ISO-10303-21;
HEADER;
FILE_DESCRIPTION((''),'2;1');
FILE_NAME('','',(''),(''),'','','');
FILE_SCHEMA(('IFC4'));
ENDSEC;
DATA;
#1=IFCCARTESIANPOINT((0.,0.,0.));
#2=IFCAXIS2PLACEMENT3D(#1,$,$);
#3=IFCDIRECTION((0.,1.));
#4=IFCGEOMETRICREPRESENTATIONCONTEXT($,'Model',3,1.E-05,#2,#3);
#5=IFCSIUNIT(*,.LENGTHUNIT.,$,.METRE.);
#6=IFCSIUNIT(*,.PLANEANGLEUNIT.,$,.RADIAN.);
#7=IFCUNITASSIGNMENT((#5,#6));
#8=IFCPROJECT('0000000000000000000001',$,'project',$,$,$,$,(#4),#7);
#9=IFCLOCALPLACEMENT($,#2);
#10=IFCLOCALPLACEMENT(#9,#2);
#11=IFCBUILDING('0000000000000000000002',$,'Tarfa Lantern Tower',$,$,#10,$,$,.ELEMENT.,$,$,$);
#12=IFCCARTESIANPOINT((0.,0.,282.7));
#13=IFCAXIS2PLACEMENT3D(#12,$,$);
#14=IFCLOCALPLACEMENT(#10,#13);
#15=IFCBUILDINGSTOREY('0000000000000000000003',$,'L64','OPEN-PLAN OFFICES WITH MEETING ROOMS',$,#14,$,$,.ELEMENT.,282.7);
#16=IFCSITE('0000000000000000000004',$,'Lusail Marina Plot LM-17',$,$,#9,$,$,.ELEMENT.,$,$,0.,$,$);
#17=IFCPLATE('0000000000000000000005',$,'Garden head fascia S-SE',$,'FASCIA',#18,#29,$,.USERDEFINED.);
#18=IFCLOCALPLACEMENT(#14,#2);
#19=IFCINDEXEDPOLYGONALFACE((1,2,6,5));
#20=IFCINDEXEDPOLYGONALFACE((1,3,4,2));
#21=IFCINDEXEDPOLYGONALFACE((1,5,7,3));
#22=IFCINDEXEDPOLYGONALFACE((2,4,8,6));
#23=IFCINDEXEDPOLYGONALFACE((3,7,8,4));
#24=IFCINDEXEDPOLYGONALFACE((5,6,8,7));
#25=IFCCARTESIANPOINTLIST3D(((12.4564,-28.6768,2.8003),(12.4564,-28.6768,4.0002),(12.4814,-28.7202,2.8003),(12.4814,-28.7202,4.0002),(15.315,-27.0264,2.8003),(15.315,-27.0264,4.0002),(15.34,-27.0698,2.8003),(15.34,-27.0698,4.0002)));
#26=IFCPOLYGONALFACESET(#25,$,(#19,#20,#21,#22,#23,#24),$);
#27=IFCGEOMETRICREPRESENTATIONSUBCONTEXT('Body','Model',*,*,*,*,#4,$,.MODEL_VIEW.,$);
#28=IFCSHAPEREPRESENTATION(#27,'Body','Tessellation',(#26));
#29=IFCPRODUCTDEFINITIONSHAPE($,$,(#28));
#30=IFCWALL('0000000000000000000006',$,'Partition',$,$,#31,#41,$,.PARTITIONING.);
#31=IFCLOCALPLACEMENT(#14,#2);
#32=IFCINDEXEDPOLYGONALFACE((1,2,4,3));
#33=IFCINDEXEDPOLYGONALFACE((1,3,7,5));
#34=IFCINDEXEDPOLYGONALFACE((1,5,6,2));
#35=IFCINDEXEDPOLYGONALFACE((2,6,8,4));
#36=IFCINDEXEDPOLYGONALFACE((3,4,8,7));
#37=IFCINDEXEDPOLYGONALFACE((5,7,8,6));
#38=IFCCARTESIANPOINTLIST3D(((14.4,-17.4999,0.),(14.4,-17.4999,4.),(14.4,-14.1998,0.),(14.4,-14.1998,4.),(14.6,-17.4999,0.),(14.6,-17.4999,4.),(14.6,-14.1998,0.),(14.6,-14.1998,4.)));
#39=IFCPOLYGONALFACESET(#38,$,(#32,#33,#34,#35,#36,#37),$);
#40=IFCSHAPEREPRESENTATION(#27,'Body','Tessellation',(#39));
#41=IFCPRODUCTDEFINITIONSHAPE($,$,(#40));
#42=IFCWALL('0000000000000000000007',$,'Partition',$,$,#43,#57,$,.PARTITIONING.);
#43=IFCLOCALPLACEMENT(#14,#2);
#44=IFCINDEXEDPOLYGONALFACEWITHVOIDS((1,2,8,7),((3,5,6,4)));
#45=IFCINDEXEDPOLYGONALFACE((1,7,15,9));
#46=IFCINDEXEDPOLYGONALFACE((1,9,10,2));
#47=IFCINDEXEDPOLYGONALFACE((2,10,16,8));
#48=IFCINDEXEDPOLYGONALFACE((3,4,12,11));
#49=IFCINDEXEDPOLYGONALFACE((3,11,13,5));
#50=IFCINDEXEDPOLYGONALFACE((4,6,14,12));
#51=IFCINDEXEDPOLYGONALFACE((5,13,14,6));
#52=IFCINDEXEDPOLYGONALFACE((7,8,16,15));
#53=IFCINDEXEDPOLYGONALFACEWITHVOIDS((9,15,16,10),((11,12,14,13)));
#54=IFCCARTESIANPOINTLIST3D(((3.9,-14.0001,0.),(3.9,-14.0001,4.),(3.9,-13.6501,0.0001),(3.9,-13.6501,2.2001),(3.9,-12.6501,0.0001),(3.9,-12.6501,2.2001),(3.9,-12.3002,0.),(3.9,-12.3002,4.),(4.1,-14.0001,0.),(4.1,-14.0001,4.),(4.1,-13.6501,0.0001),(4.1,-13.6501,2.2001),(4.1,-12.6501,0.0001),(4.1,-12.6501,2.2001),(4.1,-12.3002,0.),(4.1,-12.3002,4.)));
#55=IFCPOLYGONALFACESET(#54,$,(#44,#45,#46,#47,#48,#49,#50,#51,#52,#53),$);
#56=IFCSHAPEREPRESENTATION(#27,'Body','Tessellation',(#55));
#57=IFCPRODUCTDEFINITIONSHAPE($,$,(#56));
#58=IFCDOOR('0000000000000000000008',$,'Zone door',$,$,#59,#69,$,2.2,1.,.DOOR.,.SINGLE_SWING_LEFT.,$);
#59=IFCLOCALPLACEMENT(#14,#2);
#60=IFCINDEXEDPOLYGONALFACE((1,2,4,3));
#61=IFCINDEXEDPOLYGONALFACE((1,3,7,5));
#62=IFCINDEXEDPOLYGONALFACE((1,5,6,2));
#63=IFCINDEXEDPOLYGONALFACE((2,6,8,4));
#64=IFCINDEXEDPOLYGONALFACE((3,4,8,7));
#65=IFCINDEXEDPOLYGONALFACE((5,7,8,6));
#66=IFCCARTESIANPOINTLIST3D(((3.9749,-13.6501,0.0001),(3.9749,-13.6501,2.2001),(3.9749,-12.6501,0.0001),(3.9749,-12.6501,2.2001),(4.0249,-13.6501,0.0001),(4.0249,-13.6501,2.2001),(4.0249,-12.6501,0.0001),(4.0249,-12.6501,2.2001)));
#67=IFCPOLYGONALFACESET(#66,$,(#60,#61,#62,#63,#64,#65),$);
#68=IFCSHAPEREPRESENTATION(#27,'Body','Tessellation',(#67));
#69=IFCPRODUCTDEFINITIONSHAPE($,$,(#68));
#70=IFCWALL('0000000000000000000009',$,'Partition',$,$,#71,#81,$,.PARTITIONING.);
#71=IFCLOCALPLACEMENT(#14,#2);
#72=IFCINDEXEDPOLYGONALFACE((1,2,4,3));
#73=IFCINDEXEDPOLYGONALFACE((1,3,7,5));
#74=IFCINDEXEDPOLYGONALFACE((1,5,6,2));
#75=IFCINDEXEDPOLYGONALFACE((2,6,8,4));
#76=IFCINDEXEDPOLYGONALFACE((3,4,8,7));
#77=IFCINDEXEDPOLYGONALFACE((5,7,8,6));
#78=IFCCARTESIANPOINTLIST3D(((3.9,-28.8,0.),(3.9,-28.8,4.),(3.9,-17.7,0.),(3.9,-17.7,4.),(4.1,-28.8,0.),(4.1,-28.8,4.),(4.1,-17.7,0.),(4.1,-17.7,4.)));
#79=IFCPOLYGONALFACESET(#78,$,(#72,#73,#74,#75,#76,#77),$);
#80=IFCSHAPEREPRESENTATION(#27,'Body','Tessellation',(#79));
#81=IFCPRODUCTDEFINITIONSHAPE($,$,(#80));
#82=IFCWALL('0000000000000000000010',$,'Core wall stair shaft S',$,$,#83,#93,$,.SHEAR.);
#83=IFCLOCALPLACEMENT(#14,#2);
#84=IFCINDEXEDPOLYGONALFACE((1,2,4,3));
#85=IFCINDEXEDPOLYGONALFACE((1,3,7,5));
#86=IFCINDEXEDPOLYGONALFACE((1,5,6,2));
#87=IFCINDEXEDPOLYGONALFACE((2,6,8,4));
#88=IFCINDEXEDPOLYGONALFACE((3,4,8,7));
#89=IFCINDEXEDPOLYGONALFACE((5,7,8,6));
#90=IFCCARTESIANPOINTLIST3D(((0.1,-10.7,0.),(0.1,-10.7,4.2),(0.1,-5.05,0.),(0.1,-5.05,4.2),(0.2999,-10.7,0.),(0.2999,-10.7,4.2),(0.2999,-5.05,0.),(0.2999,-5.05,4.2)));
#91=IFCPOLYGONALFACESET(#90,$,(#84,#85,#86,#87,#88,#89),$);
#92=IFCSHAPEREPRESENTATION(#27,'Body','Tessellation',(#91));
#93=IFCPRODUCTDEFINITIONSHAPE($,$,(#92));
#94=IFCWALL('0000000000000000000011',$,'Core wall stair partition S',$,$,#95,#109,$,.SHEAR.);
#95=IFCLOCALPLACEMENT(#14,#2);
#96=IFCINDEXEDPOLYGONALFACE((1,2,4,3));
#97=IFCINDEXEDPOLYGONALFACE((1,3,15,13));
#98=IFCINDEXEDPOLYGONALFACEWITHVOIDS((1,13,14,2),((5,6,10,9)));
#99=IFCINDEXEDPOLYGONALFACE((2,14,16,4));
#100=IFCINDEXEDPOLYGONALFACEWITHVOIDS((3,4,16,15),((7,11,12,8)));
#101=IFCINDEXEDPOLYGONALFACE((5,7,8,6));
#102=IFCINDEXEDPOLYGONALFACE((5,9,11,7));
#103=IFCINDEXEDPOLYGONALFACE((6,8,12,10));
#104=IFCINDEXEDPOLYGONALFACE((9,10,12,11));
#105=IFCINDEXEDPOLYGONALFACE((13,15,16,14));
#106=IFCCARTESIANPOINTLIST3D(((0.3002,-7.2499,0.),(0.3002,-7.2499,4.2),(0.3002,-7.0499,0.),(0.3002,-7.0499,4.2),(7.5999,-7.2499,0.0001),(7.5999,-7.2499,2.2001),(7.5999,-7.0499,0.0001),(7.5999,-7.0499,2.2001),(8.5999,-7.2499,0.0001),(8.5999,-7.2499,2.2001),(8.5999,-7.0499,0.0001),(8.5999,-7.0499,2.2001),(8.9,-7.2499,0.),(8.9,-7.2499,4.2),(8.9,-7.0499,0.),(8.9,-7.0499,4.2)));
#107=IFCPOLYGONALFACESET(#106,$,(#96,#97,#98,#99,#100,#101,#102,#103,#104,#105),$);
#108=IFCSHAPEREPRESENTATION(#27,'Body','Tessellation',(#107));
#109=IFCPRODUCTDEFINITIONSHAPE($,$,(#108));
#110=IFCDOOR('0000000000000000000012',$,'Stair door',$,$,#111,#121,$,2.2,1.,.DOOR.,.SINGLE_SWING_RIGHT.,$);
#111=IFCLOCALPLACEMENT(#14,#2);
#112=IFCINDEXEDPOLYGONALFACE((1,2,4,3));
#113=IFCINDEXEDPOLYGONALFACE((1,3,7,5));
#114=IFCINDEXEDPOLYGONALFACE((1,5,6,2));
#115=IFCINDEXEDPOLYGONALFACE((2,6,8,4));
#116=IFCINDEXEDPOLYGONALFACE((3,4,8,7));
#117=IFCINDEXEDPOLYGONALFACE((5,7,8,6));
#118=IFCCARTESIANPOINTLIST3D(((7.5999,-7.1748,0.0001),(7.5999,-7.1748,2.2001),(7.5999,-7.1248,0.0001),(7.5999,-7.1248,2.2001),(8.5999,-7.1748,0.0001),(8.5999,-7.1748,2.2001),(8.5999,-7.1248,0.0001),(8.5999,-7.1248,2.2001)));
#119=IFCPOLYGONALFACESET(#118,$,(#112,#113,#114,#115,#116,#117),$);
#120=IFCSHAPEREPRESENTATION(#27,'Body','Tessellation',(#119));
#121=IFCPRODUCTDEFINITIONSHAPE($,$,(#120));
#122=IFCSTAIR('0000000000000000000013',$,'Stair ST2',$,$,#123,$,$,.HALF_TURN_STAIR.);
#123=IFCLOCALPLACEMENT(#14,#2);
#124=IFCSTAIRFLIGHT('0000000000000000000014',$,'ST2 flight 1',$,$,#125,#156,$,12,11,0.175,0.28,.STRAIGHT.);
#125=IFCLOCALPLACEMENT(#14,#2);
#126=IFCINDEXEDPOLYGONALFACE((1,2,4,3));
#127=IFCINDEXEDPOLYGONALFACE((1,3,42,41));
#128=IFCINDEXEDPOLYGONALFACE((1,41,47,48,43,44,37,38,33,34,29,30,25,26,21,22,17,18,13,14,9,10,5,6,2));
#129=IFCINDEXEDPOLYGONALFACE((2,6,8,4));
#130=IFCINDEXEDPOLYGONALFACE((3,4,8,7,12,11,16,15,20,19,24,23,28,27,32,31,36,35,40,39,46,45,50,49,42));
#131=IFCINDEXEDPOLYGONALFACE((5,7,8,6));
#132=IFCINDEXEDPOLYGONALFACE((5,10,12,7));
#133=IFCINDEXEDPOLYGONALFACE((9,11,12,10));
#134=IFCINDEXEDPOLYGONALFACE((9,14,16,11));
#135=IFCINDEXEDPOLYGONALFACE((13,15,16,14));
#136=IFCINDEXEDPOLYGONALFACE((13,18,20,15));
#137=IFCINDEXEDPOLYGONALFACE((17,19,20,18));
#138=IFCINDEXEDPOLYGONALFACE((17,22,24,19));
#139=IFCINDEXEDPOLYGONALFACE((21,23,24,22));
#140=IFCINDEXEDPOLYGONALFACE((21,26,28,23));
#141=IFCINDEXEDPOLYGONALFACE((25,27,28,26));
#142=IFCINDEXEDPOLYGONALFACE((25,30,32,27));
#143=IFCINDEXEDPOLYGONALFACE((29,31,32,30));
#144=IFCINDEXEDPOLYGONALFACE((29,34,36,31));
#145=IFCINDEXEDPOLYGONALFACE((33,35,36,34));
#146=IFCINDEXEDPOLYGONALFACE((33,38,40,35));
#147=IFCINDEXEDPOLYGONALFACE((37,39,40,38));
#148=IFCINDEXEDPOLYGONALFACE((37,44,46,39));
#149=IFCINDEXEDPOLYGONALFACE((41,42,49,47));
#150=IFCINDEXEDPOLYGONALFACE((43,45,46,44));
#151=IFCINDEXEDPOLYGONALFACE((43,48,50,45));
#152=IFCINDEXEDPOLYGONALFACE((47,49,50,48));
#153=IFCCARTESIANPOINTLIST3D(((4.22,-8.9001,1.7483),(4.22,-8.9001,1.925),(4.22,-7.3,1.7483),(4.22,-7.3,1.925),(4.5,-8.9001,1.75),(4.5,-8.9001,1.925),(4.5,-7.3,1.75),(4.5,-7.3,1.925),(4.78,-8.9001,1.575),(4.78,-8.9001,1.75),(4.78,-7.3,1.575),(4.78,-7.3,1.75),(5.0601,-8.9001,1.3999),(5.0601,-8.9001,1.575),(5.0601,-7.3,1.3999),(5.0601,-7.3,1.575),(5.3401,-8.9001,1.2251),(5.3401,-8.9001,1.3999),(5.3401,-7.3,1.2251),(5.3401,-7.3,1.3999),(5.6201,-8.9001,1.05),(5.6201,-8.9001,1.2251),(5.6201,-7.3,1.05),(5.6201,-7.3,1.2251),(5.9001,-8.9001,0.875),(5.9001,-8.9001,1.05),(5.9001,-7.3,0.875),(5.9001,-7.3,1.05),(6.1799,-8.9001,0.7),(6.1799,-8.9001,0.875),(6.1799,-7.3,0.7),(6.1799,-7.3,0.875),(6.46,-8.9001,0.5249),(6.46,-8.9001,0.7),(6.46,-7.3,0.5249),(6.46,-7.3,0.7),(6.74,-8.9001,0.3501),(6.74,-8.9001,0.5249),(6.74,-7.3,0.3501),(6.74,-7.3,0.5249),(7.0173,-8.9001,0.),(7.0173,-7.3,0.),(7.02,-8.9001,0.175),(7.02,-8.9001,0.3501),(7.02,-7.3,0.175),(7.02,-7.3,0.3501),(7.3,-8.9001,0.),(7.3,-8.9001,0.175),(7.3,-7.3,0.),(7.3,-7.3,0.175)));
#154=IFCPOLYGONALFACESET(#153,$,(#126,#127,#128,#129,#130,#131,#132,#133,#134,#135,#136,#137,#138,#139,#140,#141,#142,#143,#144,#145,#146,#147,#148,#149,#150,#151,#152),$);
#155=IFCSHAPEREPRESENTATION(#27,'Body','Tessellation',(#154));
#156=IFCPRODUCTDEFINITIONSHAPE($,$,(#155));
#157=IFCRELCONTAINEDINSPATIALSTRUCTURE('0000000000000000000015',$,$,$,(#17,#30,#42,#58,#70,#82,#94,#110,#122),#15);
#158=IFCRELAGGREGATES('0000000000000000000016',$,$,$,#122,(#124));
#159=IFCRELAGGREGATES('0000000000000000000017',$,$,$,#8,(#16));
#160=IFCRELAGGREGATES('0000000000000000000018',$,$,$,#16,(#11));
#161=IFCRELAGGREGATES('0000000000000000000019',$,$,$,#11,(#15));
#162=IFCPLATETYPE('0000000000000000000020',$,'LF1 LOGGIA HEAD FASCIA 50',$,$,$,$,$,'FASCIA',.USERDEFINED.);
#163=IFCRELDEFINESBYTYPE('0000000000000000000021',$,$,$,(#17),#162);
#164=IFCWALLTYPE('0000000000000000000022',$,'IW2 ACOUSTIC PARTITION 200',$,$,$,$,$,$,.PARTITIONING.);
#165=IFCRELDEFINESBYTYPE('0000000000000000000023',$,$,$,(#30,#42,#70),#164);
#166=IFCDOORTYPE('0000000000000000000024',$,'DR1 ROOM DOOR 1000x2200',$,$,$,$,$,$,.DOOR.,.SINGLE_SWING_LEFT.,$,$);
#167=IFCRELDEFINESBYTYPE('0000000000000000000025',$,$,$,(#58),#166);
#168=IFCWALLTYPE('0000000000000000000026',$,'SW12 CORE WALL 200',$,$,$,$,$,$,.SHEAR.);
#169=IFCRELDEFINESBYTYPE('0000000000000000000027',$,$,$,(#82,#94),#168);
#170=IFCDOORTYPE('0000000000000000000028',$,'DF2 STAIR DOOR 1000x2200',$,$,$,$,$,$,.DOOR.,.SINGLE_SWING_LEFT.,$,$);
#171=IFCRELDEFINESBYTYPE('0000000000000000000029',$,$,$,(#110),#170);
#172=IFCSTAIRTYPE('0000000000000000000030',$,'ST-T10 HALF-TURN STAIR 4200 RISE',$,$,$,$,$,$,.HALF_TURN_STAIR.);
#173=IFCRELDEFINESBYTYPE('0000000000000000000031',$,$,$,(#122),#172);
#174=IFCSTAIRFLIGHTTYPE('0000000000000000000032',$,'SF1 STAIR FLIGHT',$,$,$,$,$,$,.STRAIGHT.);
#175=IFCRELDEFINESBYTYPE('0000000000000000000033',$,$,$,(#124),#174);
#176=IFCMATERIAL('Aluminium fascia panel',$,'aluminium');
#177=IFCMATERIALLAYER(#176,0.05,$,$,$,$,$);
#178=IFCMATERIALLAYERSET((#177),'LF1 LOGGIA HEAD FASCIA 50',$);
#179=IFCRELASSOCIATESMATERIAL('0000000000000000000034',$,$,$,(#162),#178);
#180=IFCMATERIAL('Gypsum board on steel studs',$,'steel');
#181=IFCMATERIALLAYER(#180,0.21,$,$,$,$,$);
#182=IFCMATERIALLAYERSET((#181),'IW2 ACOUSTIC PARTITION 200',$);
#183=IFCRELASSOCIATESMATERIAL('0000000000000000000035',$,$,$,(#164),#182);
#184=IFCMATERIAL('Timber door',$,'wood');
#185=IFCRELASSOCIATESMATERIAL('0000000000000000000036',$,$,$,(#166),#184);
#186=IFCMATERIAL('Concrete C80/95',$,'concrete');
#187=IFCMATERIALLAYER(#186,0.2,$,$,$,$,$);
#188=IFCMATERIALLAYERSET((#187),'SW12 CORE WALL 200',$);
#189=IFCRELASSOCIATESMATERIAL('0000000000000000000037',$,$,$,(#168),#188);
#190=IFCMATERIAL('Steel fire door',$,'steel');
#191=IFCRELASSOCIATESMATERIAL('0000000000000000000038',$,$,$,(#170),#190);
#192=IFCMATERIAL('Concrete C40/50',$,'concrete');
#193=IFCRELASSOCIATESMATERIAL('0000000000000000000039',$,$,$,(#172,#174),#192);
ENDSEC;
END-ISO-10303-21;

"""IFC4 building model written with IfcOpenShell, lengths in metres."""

from ifc_helpers import new_model, si_unit, direction, frame, frame_2d, origin, origin_2d, place, context, subcontext, project, spatial, polyline, rectangle, outline, extrude, material, layer, layer_set, type_object, element, fill, aggregate, save


model = new_model("IFC4")

# Units and contexts
model_context = context("Model", 3, precision=1e-05, world=origin(), true_north=direction((0.0, 1.0)))
body_context = subcontext(model_context, "Body", "Model", "MODEL_VIEW")
ifc_project = project(units=[si_unit("LENGTHUNIT", "METRE"), si_unit("PLANEANGLEUNIT", "RADIAN")], contexts=[model_context])

# Site, building, storey
site_placement = place(None, origin())
site = spatial("IfcSite", under=ifc_project, at=site_placement, Name="Lusail Marina Plot LM-17", CompositionType="ELEMENT", RefElevation=0.0)
building_placement = place(site_placement, origin())
building = spatial("IfcBuilding", under=site, at=building_placement, Name="Tarfa Lantern Tower", CompositionType="ELEMENT")
storey_placement = place(building_placement, frame((0.0, 0.0, 282.7)))
storey = spatial("IfcBuildingStorey", under=building, at=storey_placement, Name="L64", Description="OPEN-PLAN OFFICES WITH MEETING ROOMS", CompositionType="ELEMENT", Elevation=282.7)

# Plate
ifc_material_1 = material(Name="Aluminium fascia panel", Category="aluminium")
ifc_layer_1 = layer(ifc_material_1, 0.05)
ifc_layer_set_1 = layer_set([ifc_layer_1], Name="LF1 LOGGIA HEAD FASCIA 50")
plate_type = type_object("IfcPlateType", Name="LF1 LOGGIA HEAD FASCIA 50", ElementType="FASCIA", PredefinedType="USERDEFINED", material=ifc_layer_set_1)
plate_placement = place(storey_placement, frame((13.8982, -27.8733, 2.8003), z_axis=(0.0, 0.0, 1.0), x_axis=(0.866025, 0.5, 0.0)))
element("IfcPlate", 1, at=plate_placement, inside=storey, type_object=plate_type, Name="Garden head fascia S-SE", ObjectType="FASCIA", PredefinedType="USERDEFINED", context=body_context, shape_type="SweptSolid", body=[
    extrude(rectangle(XDim=3.3008, YDim=0.05, at=origin_2d()), origin(), (0.0, 0.0, 1.0), 1.2),
])

# Wall
ifc_material_2 = material(Name="Gypsum board on steel studs", Category="steel")
ifc_layer_2 = layer(ifc_material_2, 0.21)
ifc_layer_set_2 = layer_set([ifc_layer_2], Name="IW2 ACOUSTIC PARTITION 200")
wall_type_1 = type_object("IfcWallType", Name="IW2 ACOUSTIC PARTITION 200", PredefinedType="PARTITIONING", material=ifc_layer_set_2)
wall_1_placement = place(storey_placement, frame((14.5, -14.2, 0.0), z_axis=(0.0, 0.0, 1.0), x_axis=(0.0, -1.0, 0.0)))
element("IfcWall", 2, at=wall_1_placement, inside=storey, type_object=wall_type_1, Name="Partition", PredefinedType="PARTITIONING", context=body_context, shape_type="SweptSolid", body=[
    extrude(rectangle(XDim=3.3, YDim=0.2, at=frame_2d((1.6499, 0.0))), origin(), (0.0, 0.0, 1.0), 4.0),
])

# Wall, opening, door
wall_2_placement = place(storey_placement, frame((4.0, -12.3, 0.0), z_axis=(0.0, 0.0, 1.0), x_axis=(0.0, -1.0, 0.0)))
wall_2 = element("IfcWall", 3, at=wall_2_placement, inside=storey, type_object=wall_type_1, Name="Partition", PredefinedType="PARTITIONING", context=body_context, shape_type="SweptSolid", body=[
    extrude(rectangle(XDim=1.7, YDim=0.2, at=frame_2d((0.8501, 0.0))), origin(), (0.0, 0.0, 1.0), 4.0),
])
opening_1_placement = place(wall_2_placement, frame((0.3501, 0.0, 0.0)))
opening_1 = element("IfcOpeningElement", 4, at=opening_1_placement, cuts=wall_2, PredefinedType="OPENING", context=body_context, shape_type="SweptSolid", body=[
    extrude(rectangle(XDim=1.0, YDim=2.2, at=frame_2d((0.5, 1.1001))), frame((0.0, 0.1099, 0.0), z_axis=(0.0, -1.0, 0.0), x_axis=(1.0, 0.0, 0.0)), (0.0, 0.0, 1.0), 0.22),
])
ifc_material_3 = material(Name="Timber door", Category="wood")
door_type_1 = type_object("IfcDoorType", Name="DR1 ROOM DOOR 1000x2200", OperationType="SINGLE_SWING_LEFT", PredefinedType="DOOR", material=ifc_material_3)
door_1_placement = place(opening_1_placement, origin())
door_1 = element("IfcDoor", 5, at=door_1_placement, inside=storey, type_object=door_type_1, Name="Zone door", OperationType="SINGLE_SWING_LEFT", OverallHeight=2.2, OverallWidth=1.0, PredefinedType="DOOR", context=body_context, shape_type="SweptSolid", body=[
    extrude(rectangle(XDim=1.0, YDim=2.2, at=frame_2d((0.5, 1.1001))), frame((0.0, 0.0249, 0.0), z_axis=(0.0, -1.0, 0.0), x_axis=(1.0, 0.0, 0.0)), (0.0, 0.0, 1.0), 0.05),
])
fill(opening_1, door_1)

# Walls
wall_3_placement = place(storey_placement, frame((4.0, -17.7, 0.0), z_axis=(0.0, 0.0, 1.0), x_axis=(0.0, -1.0, 0.0)))
element("IfcWall", 6, at=wall_3_placement, inside=storey, type_object=wall_type_1, Name="Partition", PredefinedType="PARTITIONING", context=body_context, shape_type="SweptSolid", body=[
    extrude(rectangle(XDim=11.1001, YDim=0.2, at=frame_2d((5.55, 0.0))), origin(), (0.0, 0.0, 1.0), 4.0),
])
ifc_material_4 = material(Name="Concrete C80/95", Category="concrete")
ifc_layer_3 = layer(ifc_material_4, 0.2)
ifc_layer_set_3 = layer_set([ifc_layer_3], Name="SW12 CORE WALL 200")
wall_type_2 = type_object("IfcWallType", Name="SW12 CORE WALL 200", PredefinedType="SHEAR", material=ifc_layer_set_3)
wall_4_placement = place(storey_placement, frame((0.2, -5.05, 0.0), z_axis=(0.0, 0.0, 1.0), x_axis=(0.0, -1.0, 0.0)))
element("IfcWall", 7, at=wall_4_placement, inside=storey, type_object=wall_type_2, Name="Core wall stair shaft S", PredefinedType="SHEAR", context=body_context, shape_type="SweptSolid", body=[
    extrude(rectangle(XDim=5.6499, YDim=0.2, at=frame_2d((2.825, 0.0))), origin(), (0.0, 0.0, 1.0), 4.2),
])

# Wall, opening, door
wall_5_placement = place(storey_placement, frame((8.8999, -7.1499, 0.0), z_axis=(0.0, 0.0, 1.0), x_axis=(-1.0, 0.0, 0.0)))
wall_5 = element("IfcWall", 8, at=wall_5_placement, inside=storey, type_object=wall_type_2, Name="Core wall stair partition S", PredefinedType="SHEAR", context=body_context, shape_type="SweptSolid", body=[
    extrude(rectangle(XDim=8.5999, YDim=0.2, at=frame_2d((4.2998, 0.0))), origin(), (0.0, 0.0, 1.0), 4.2),
])
opening_2_placement = place(wall_5_placement, frame((0.3, 0.0, 0.0)))
opening_2 = element("IfcOpeningElement", 9, at=opening_2_placement, cuts=wall_5, PredefinedType="OPENING", context=body_context, shape_type="SweptSolid", body=[
    extrude(rectangle(XDim=1.0, YDim=2.2, at=frame_2d((0.5, 1.1001))), frame((0.0, 0.1099, 0.0), z_axis=(0.0, -1.0, 0.0), x_axis=(1.0, 0.0, 0.0)), (0.0, 0.0, 1.0), 0.22),
])
ifc_material_5 = material(Name="Steel fire door", Category="steel")
door_type_2 = type_object("IfcDoorType", Name="DF2 STAIR DOOR 1000x2200", OperationType="SINGLE_SWING_LEFT", PredefinedType="DOOR", material=ifc_material_5)
door_2_placement = place(opening_2_placement, origin())
door_2 = element("IfcDoor", 10, at=door_2_placement, inside=storey, type_object=door_type_2, Name="Stair door", OperationType="SINGLE_SWING_RIGHT", OverallHeight=2.2, OverallWidth=1.0, PredefinedType="DOOR", context=body_context, shape_type="SweptSolid", body=[
    extrude(rectangle(XDim=1.0, YDim=2.2, at=frame_2d((0.5, 1.1001))), frame((0.0, 0.0249, 0.0), z_axis=(0.0, -1.0, 0.0), x_axis=(1.0, 0.0, 0.0)), (0.0, 0.0, 1.0), 0.05),
])
fill(opening_2, door_2)

# Stair, stair flight
ifc_material_6 = material(Name="Concrete C40/50", Category="concrete")
stair_type = type_object("IfcStairType", Name="ST-T10 HALF-TURN STAIR 4200 RISE", PredefinedType="HALF_TURN_STAIR", material=ifc_material_6)
stair_placement = place(storey_placement, origin())
stair = element("IfcStair", 11, at=stair_placement, inside=storey, type_object=stair_type, Name="Stair ST2", PredefinedType="HALF_TURN_STAIR")
stair_flight_type = type_object("IfcStairFlightType", Name="SF1 STAIR FLIGHT", PredefinedType="STRAIGHT", material=ifc_material_6)
stair_flight_1_placement = place(storey_placement, frame((7.3, -8.1001, 0.0), z_axis=(0.0, 0.0, 1.0), x_axis=(-1.0, 0.0, 0.0)))
stair_flight_1 = element("IfcStairFlight", 12, at=stair_flight_1_placement, type_object=stair_flight_type, Name="ST2 flight 1", NumberOfRisers=12, NumberOfTreads=11, PredefinedType="STRAIGHT", RiserHeight=0.175, TreadLength=0.28, context=body_context, shape_type="SweptSolid", body=[
    extrude(outline(polyline([(0.0, 0.0), (0.0, 0.175), (0.28, 0.175), (0.28, 0.3501), (0.5601, 0.3501), (0.5601, 0.5249), (0.8401, 0.5249), (0.8401, 0.7), (1.1201, 0.7), (1.1201, 0.875), (1.3999, 0.875), (1.3999, 1.05), (1.6799, 1.05), (1.6799, 1.2251), (1.96, 1.2251), (1.96, 1.3999), (2.24, 1.3999), (2.24, 1.575), (2.52, 1.575), (2.52, 1.75), (2.8, 1.75), (2.8, 1.925), (3.0801, 1.925), (3.0801, 2.1001), (3.0801, 1.7483), (0.2827, 0.0), (0.0, 0.0)])), frame((0.0, 0.8, 0.0), z_axis=(0.0, -1.0, 0.0), x_axis=(1.0, 0.0, 0.0)), (0.0, 0.0, 1.0), 1.6001),
])
aggregate(stair, [stair_flight_1])

save(model, "model.ifc")
